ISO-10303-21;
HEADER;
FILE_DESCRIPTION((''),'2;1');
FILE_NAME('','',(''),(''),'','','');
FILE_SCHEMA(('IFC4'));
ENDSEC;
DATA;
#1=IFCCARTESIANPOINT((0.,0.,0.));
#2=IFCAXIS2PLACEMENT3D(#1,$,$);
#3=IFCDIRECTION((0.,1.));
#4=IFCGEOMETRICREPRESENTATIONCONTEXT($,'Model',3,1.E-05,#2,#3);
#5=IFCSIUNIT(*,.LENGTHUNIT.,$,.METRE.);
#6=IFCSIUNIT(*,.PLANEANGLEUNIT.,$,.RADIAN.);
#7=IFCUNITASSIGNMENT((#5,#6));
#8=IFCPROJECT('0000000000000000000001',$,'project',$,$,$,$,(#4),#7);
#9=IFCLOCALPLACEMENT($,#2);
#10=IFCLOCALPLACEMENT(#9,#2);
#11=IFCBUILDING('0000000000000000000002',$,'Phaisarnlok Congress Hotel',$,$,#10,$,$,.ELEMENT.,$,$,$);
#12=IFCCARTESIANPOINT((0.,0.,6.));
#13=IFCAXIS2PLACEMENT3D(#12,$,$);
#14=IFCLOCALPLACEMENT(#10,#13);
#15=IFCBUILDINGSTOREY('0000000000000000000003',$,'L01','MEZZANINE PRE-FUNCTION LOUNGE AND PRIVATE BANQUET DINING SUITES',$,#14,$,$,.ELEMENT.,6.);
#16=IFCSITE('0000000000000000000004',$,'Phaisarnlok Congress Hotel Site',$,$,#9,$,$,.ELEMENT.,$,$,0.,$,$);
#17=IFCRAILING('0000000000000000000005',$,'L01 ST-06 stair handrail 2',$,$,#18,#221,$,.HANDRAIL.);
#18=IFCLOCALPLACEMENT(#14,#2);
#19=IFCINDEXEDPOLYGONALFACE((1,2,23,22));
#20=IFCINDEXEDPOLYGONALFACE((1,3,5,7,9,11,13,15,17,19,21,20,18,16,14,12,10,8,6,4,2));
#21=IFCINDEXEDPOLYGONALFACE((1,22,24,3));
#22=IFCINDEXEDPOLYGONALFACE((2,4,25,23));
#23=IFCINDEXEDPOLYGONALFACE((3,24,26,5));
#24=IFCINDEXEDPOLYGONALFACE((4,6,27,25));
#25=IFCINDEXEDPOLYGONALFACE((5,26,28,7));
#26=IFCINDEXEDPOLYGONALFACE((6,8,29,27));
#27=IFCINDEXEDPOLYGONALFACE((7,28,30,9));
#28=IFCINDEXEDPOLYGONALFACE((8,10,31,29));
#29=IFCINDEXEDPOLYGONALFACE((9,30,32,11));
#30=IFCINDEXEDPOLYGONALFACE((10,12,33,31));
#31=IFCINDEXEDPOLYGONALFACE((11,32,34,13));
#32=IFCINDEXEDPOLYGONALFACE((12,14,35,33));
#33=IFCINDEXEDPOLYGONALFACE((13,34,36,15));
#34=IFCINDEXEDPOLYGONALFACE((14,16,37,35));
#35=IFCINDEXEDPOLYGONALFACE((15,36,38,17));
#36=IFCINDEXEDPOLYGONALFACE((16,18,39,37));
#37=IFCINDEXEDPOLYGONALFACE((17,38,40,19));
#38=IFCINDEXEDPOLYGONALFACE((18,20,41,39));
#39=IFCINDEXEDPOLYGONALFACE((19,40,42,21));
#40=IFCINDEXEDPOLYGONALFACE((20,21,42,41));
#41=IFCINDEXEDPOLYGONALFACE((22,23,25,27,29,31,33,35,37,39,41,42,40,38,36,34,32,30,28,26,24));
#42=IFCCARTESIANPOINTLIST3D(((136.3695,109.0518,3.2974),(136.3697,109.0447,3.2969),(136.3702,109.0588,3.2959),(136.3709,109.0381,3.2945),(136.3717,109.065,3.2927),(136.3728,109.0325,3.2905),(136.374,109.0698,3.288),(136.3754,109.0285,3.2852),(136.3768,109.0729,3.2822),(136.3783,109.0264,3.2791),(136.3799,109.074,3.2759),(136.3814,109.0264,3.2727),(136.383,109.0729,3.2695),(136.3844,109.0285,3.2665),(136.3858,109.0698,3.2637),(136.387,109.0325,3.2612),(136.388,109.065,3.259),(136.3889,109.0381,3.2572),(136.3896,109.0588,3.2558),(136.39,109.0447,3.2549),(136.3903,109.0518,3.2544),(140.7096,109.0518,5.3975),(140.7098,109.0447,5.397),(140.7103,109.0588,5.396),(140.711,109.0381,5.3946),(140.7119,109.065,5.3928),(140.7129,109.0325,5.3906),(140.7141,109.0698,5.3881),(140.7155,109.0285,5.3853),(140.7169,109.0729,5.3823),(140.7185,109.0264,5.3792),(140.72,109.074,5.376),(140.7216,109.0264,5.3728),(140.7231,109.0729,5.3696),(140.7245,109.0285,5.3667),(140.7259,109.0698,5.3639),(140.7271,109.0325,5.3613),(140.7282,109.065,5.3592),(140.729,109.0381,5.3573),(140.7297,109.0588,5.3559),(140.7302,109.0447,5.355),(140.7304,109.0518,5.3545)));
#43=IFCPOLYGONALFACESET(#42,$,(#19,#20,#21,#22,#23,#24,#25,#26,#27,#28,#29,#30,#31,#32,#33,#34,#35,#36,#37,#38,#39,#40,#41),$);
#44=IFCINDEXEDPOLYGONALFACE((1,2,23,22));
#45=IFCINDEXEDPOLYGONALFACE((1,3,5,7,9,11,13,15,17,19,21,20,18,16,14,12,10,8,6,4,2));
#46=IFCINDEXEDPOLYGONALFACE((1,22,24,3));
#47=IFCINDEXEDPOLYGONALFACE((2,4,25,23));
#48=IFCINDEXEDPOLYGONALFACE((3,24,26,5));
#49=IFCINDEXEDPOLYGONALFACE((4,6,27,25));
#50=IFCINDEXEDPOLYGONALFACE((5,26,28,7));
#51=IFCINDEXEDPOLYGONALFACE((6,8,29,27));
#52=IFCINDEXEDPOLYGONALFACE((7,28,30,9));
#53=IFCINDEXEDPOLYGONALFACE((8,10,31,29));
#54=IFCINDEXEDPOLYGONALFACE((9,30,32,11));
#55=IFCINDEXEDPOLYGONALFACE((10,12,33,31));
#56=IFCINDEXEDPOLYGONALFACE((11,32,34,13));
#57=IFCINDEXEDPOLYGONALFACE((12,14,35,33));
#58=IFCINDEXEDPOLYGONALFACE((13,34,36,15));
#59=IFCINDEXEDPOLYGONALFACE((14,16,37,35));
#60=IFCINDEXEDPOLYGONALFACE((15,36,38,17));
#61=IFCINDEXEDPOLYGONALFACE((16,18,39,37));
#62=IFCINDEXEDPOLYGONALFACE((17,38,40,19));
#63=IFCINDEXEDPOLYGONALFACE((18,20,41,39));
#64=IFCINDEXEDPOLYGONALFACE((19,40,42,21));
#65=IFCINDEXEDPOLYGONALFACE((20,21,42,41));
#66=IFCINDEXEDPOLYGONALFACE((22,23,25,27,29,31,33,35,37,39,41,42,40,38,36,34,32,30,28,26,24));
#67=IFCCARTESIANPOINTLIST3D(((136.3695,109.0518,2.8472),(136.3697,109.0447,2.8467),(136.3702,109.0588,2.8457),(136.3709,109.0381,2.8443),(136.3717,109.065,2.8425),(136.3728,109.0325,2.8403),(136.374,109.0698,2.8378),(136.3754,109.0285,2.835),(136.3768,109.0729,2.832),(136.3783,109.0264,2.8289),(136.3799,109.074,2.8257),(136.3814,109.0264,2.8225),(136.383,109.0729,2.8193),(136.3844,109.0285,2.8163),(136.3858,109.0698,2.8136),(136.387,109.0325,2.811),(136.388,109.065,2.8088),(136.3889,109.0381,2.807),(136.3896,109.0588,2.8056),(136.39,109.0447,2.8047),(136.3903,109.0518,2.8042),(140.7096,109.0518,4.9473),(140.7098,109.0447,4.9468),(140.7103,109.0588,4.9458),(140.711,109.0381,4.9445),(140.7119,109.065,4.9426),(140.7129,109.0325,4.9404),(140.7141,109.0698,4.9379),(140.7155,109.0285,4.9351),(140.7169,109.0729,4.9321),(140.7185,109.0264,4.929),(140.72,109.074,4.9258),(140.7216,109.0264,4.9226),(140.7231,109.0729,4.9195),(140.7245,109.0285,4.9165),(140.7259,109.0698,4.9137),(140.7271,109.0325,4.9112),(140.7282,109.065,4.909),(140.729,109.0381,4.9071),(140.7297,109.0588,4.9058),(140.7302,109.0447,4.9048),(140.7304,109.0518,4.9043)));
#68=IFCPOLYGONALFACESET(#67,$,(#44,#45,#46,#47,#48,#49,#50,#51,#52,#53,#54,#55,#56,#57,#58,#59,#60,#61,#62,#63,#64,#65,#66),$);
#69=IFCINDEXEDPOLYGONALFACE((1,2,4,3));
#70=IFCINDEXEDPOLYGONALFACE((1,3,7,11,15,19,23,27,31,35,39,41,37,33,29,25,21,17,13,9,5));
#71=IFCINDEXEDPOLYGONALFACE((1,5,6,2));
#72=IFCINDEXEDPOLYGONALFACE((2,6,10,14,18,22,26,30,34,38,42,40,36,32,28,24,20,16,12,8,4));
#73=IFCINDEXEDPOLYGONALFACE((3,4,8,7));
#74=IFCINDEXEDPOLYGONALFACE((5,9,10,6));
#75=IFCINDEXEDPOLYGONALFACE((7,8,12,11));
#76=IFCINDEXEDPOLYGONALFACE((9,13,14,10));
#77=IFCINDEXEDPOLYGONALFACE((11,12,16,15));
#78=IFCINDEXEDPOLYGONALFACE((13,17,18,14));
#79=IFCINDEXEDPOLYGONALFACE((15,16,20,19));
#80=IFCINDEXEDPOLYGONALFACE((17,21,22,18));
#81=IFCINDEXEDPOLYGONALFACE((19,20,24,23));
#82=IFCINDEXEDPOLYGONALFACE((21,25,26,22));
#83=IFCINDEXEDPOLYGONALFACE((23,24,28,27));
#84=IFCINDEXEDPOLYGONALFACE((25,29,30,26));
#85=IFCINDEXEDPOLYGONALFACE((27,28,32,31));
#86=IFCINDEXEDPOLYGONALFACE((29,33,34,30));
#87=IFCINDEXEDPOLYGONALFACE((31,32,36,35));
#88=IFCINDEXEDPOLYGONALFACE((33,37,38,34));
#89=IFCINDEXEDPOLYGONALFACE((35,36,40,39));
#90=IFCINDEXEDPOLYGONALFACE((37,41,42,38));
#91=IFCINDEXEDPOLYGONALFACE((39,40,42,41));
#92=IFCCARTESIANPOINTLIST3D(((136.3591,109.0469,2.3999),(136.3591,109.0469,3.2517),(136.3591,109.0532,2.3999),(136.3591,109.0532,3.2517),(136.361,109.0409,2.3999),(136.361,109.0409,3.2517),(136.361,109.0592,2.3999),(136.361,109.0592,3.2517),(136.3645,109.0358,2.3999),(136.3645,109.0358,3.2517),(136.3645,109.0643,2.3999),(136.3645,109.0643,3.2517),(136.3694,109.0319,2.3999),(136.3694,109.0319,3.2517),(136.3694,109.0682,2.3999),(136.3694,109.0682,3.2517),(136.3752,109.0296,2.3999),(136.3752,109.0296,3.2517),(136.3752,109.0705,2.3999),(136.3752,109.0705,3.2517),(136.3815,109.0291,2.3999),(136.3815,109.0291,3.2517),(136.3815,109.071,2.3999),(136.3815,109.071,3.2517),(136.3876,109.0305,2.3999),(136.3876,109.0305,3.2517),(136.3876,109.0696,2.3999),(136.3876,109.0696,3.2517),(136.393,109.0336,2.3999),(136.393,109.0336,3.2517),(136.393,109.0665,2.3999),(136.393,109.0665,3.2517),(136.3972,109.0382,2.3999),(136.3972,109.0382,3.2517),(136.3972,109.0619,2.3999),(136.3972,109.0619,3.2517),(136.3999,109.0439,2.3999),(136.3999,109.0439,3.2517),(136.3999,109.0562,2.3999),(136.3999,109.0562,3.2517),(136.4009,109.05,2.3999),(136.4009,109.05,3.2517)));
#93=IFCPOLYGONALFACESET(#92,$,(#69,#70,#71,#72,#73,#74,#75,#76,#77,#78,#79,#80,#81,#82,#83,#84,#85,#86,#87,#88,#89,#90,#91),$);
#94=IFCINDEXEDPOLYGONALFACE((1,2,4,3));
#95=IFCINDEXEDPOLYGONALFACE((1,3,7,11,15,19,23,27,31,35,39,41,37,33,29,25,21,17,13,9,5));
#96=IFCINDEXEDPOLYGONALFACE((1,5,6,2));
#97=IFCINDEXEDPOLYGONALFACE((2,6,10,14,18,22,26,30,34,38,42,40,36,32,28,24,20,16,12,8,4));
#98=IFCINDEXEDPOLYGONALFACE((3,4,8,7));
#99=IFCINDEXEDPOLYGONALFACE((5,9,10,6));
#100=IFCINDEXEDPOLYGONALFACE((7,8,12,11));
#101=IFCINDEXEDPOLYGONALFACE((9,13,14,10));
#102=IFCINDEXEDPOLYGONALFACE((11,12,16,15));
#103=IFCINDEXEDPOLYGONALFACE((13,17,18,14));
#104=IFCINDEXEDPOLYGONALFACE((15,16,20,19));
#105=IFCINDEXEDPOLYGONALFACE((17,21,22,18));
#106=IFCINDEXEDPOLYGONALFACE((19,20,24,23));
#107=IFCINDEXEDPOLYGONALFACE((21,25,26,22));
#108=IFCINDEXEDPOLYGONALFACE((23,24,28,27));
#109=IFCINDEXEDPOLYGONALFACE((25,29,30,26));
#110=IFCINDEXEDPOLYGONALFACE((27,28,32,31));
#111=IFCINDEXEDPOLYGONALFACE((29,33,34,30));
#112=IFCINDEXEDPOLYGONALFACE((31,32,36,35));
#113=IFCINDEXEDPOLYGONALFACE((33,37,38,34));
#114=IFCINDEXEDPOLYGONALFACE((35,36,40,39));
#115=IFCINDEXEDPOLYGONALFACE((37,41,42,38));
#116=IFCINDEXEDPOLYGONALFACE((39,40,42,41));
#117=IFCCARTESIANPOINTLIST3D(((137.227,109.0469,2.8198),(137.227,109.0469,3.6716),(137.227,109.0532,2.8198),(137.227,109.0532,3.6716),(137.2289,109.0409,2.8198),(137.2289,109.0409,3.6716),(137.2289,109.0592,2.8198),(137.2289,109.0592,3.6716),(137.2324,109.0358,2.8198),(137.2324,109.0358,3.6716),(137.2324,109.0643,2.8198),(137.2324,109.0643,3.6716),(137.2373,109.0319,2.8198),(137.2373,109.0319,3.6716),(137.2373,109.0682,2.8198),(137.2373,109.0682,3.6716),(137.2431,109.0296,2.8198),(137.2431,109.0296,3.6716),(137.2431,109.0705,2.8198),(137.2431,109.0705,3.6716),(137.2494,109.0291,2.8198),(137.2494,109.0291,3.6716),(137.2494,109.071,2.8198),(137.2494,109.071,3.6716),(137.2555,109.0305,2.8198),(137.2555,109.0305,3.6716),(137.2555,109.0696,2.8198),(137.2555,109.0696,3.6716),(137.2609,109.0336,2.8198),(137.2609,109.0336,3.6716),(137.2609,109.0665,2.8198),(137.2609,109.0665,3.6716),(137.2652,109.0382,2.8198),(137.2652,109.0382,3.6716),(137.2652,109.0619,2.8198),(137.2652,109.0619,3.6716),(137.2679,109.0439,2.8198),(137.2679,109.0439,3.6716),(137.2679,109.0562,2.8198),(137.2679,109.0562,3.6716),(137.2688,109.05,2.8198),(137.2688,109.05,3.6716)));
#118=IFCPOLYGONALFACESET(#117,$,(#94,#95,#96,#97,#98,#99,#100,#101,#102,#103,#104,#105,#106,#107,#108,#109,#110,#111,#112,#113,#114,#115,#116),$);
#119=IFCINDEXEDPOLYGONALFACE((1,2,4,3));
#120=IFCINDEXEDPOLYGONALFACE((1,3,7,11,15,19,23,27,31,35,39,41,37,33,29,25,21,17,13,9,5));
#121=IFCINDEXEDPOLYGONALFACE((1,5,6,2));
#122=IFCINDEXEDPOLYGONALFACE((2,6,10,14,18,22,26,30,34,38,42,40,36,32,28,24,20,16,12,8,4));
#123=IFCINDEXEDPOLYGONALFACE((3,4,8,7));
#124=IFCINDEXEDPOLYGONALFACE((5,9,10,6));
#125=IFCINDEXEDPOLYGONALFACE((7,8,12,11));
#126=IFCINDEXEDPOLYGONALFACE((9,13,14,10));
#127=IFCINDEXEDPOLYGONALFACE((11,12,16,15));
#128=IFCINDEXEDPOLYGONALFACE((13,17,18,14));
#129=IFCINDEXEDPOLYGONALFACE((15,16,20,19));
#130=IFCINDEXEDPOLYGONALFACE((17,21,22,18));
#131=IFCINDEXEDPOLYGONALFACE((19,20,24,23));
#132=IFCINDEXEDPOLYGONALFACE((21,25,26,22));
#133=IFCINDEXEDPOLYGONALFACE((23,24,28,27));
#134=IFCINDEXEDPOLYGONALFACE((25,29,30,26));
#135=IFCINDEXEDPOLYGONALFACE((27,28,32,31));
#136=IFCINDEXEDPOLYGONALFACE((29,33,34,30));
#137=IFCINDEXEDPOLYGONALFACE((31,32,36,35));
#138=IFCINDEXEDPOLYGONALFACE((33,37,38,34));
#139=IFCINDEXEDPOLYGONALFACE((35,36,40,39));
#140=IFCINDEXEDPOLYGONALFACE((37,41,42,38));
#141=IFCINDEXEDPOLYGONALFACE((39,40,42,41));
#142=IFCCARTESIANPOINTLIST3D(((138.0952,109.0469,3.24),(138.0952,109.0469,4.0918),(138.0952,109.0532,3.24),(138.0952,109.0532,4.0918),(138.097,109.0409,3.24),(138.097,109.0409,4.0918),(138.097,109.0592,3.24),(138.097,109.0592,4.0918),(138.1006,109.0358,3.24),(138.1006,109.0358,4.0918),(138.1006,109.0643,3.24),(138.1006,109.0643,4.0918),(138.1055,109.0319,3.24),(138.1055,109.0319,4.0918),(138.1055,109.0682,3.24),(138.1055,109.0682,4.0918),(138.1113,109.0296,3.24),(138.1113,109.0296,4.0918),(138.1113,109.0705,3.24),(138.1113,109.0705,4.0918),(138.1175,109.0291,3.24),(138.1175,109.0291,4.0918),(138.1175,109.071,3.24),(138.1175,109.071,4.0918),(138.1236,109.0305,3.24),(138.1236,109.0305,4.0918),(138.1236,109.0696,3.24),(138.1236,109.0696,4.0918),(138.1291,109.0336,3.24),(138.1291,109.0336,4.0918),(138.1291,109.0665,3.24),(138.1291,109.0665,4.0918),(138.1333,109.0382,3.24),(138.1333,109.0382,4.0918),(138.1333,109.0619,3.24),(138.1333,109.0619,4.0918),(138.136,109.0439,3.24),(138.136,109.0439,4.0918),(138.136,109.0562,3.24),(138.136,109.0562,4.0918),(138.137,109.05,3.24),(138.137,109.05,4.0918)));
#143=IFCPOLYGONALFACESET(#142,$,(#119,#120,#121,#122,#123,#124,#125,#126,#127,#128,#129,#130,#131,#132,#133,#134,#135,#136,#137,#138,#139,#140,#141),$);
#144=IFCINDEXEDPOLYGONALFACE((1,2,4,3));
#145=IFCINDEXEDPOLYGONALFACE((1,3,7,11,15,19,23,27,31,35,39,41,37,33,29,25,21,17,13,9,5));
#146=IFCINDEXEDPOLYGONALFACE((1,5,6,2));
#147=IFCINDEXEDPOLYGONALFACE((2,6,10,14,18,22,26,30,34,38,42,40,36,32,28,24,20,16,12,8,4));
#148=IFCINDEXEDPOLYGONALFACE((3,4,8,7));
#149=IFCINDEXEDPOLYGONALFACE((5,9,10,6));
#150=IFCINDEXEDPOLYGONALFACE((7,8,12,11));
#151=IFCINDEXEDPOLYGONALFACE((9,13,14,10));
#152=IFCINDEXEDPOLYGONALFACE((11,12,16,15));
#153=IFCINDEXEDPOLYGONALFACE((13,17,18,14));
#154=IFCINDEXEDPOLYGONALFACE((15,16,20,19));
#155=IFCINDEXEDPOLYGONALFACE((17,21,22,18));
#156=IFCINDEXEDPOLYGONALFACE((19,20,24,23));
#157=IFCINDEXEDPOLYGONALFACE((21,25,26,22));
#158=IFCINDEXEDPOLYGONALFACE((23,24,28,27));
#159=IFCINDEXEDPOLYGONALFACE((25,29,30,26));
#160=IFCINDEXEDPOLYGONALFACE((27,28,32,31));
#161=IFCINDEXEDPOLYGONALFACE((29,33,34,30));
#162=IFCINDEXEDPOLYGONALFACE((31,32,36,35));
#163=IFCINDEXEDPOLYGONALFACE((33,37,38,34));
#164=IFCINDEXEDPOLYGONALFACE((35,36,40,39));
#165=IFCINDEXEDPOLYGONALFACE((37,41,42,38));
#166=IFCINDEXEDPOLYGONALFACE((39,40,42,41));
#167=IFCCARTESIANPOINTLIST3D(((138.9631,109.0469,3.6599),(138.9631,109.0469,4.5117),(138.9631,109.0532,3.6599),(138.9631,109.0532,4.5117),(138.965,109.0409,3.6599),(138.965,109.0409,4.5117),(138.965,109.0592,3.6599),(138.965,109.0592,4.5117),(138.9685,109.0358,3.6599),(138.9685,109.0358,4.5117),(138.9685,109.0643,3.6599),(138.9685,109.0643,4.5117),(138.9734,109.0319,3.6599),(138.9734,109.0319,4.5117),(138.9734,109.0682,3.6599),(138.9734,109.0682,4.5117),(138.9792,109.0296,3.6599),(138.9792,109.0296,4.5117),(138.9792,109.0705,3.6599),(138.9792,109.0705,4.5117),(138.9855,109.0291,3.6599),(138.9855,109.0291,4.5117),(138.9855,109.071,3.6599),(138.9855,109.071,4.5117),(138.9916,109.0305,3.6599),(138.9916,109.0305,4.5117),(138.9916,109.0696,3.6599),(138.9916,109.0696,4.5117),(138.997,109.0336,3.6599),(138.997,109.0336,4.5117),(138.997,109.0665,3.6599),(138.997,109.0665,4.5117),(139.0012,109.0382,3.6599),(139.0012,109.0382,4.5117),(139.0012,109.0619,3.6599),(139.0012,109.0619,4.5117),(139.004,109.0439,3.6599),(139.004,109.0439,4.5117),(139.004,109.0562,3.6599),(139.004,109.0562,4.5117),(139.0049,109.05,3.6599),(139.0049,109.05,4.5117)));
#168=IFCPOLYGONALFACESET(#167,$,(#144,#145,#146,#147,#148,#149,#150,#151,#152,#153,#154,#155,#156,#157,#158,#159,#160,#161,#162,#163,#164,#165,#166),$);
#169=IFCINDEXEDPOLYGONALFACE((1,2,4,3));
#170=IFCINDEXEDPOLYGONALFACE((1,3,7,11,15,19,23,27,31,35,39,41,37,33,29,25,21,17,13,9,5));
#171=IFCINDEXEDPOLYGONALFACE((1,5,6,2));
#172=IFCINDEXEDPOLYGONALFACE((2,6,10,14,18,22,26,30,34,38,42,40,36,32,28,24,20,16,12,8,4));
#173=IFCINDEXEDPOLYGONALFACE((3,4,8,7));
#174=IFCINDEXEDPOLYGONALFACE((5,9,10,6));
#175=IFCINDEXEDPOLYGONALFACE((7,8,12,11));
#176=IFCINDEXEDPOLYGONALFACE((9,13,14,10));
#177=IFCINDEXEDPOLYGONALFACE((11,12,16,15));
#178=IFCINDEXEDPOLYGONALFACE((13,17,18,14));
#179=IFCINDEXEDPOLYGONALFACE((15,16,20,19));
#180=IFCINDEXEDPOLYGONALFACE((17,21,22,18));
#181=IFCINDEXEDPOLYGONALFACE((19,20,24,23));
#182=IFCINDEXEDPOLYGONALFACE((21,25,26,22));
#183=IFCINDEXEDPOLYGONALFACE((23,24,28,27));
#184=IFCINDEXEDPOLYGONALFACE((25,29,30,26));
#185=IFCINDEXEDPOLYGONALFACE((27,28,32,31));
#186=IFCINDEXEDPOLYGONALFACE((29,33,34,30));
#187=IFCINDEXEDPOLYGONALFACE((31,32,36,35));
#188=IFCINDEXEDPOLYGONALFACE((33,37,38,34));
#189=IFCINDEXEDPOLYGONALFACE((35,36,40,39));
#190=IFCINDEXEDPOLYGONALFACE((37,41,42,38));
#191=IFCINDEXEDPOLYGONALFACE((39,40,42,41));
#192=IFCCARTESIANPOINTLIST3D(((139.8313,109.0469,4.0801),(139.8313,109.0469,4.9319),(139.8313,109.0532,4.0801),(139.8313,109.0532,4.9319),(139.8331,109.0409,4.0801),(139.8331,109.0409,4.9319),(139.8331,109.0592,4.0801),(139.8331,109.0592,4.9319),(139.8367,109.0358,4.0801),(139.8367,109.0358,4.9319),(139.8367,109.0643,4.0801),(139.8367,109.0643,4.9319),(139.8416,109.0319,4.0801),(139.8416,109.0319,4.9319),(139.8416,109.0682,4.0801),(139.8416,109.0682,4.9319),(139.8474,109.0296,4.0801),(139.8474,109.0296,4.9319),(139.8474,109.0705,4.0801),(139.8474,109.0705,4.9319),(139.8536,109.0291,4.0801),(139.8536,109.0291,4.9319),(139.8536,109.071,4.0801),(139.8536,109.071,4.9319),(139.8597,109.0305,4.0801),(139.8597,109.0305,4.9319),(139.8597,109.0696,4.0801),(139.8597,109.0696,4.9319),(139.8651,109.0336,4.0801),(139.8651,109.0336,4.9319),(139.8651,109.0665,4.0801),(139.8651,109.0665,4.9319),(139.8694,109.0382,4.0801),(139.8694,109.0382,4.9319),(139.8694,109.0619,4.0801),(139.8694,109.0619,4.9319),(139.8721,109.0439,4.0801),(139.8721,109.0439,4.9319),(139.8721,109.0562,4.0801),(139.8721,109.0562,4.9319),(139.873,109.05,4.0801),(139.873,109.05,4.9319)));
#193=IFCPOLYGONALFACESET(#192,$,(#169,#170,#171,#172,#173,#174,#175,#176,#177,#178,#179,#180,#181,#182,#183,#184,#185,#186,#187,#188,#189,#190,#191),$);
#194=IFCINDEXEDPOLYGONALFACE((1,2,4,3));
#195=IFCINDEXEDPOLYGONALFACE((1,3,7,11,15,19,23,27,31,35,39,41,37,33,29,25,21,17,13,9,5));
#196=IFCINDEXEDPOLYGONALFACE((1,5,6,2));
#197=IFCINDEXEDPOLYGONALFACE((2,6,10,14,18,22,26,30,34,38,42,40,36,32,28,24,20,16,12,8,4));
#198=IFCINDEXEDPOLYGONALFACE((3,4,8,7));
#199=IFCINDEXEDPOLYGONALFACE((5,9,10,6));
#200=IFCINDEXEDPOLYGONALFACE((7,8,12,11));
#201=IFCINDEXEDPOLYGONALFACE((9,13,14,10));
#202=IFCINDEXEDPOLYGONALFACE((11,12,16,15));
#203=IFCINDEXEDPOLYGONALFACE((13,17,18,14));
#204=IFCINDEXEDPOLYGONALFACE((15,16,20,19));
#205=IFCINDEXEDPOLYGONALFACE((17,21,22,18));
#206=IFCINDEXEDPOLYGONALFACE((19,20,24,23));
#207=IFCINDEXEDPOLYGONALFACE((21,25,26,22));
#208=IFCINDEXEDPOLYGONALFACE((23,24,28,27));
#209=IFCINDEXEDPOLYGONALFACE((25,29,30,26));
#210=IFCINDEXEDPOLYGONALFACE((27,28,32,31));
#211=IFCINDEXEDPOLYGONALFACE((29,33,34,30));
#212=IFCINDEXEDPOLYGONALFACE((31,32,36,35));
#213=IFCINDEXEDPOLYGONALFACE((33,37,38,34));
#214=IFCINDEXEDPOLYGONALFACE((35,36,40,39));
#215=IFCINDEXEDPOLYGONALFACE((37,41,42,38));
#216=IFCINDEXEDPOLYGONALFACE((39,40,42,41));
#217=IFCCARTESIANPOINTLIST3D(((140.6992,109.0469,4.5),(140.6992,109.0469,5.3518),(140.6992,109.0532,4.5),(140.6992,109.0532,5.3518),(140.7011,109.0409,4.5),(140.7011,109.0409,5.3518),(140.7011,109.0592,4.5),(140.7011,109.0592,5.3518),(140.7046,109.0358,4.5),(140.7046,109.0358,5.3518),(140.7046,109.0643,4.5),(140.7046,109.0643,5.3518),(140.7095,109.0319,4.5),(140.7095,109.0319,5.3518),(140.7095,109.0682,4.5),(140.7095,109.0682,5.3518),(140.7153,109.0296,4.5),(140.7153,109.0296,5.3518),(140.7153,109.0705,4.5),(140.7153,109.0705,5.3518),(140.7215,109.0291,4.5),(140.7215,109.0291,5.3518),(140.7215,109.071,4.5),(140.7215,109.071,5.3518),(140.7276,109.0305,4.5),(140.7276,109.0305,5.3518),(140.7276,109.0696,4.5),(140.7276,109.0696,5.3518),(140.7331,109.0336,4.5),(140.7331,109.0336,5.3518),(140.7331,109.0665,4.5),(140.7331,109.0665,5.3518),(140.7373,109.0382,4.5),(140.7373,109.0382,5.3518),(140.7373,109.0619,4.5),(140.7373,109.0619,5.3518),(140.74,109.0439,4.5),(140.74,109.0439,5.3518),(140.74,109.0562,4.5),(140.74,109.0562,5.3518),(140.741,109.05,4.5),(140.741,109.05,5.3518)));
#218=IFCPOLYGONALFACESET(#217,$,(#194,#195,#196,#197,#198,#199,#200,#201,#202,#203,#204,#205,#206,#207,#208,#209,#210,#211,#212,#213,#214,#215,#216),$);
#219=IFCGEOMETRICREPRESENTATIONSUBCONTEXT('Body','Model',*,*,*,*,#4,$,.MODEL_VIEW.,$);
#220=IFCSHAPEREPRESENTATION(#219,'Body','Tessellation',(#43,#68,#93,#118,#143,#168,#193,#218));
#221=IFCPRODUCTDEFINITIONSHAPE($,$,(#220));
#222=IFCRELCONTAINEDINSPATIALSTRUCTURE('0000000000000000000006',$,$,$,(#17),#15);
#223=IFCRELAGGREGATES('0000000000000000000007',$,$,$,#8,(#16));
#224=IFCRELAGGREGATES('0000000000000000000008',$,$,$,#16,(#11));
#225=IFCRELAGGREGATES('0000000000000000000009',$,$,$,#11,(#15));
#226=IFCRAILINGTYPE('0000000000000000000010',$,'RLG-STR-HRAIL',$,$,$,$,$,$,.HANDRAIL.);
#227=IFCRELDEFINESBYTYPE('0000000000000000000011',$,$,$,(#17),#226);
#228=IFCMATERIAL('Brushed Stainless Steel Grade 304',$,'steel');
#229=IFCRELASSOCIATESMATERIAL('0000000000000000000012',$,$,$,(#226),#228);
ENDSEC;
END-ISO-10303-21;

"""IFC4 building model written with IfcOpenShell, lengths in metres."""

from ifc_helpers import new_model, si_unit, direction, frame, origin, origin_2d, place, context, subcontext, project, spatial, circle, extrude, material, type_object, element, save


model = new_model("IFC4")

# Units and contexts
model_context = context("Model", 3, precision=1e-05, world=origin(), true_north=direction((0.0, 1.0)))
body_context = subcontext(model_context, "Body", "Model", "MODEL_VIEW")
ifc_project = project(units=[si_unit("LENGTHUNIT", "METRE"), si_unit("PLANEANGLEUNIT", "RADIAN")], contexts=[model_context])

# Site, building, storey
site_placement = place(None, origin())
site = spatial("IfcSite", under=ifc_project, at=site_placement, Name="Phaisarnlok Congress Hotel Site", CompositionType="ELEMENT", RefElevation=0.0)
building_placement = place(site_placement, origin())
building = spatial("IfcBuilding", under=site, at=building_placement, Name="Phaisarnlok Congress Hotel", CompositionType="ELEMENT")
storey_placement = place(building_placement, frame((0.0, 0.0, 6.0)))
storey = spatial("IfcBuildingStorey", under=building, at=storey_placement, Name="L01", Description="MEZZANINE PRE-FUNCTION LOUNGE AND PRIVATE BANQUET DINING SUITES", CompositionType="ELEMENT", Elevation=6.0)

# Railing
ifc_material_1 = material(Name="Brushed Stainless Steel Grade 304", Category="steel")
railing_type_1 = type_object("IfcRailingType", Name="RLG-STR-HRAIL", PredefinedType="HANDRAIL", material=ifc_material_1)
railing_1_placement = place(storey_placement, frame((136.3799, 109.05, 2.3999)))
element("IfcRailing", 1, at=railing_1_placement, inside=storey, type_object=railing_type_1, Name="L01 ST-06 stair handrail 2", PredefinedType="HANDRAIL", context=body_context, shape_type="SweptSolid", body=[
    extrude(circle(Radius=0.0239, at=origin_2d()), frame((0.0, 0.0, 0.876), z_axis=(0.900155, 0.0, 0.43557), x_axis=(0.0, 1.0, 0.0)), (0.0, 0.0, 1.0), 4.8215),
    extrude(circle(Radius=0.0239, at=origin_2d()), frame((0.0, 0.0, 0.4258), z_axis=(0.900155, 0.0, 0.43557), x_axis=(0.0, 1.0, 0.0)), (0.0, 0.0, 1.0), 4.8215),
    extrude(circle(Radius=0.021, at=origin_2d()), origin(), (0.0, 0.0, 1.0), 0.8518),
    extrude(circle(Radius=0.021, at=origin_2d()), frame((0.8679, 0.0, 0.4199)), (0.0, 0.0, 1.0), 0.8518),
    extrude(circle(Radius=0.021, at=origin_2d()), frame((1.7361, 0.0, 0.8401)), (0.0, 0.0, 1.0), 0.8518),
    extrude(circle(Radius=0.021, at=origin_2d()), frame((2.604, 0.0, 1.26)), (0.0, 0.0, 1.0), 0.8518),
    extrude(circle(Radius=0.021, at=origin_2d()), frame((3.4722, 0.0, 1.6802)), (0.0, 0.0, 1.0), 0.8518),
    extrude(circle(Radius=0.021, at=origin_2d()), frame((4.3401, 0.0, 2.1001)), (0.0, 0.0, 1.0), 0.8518),
])

save(model, "model.ifc")
